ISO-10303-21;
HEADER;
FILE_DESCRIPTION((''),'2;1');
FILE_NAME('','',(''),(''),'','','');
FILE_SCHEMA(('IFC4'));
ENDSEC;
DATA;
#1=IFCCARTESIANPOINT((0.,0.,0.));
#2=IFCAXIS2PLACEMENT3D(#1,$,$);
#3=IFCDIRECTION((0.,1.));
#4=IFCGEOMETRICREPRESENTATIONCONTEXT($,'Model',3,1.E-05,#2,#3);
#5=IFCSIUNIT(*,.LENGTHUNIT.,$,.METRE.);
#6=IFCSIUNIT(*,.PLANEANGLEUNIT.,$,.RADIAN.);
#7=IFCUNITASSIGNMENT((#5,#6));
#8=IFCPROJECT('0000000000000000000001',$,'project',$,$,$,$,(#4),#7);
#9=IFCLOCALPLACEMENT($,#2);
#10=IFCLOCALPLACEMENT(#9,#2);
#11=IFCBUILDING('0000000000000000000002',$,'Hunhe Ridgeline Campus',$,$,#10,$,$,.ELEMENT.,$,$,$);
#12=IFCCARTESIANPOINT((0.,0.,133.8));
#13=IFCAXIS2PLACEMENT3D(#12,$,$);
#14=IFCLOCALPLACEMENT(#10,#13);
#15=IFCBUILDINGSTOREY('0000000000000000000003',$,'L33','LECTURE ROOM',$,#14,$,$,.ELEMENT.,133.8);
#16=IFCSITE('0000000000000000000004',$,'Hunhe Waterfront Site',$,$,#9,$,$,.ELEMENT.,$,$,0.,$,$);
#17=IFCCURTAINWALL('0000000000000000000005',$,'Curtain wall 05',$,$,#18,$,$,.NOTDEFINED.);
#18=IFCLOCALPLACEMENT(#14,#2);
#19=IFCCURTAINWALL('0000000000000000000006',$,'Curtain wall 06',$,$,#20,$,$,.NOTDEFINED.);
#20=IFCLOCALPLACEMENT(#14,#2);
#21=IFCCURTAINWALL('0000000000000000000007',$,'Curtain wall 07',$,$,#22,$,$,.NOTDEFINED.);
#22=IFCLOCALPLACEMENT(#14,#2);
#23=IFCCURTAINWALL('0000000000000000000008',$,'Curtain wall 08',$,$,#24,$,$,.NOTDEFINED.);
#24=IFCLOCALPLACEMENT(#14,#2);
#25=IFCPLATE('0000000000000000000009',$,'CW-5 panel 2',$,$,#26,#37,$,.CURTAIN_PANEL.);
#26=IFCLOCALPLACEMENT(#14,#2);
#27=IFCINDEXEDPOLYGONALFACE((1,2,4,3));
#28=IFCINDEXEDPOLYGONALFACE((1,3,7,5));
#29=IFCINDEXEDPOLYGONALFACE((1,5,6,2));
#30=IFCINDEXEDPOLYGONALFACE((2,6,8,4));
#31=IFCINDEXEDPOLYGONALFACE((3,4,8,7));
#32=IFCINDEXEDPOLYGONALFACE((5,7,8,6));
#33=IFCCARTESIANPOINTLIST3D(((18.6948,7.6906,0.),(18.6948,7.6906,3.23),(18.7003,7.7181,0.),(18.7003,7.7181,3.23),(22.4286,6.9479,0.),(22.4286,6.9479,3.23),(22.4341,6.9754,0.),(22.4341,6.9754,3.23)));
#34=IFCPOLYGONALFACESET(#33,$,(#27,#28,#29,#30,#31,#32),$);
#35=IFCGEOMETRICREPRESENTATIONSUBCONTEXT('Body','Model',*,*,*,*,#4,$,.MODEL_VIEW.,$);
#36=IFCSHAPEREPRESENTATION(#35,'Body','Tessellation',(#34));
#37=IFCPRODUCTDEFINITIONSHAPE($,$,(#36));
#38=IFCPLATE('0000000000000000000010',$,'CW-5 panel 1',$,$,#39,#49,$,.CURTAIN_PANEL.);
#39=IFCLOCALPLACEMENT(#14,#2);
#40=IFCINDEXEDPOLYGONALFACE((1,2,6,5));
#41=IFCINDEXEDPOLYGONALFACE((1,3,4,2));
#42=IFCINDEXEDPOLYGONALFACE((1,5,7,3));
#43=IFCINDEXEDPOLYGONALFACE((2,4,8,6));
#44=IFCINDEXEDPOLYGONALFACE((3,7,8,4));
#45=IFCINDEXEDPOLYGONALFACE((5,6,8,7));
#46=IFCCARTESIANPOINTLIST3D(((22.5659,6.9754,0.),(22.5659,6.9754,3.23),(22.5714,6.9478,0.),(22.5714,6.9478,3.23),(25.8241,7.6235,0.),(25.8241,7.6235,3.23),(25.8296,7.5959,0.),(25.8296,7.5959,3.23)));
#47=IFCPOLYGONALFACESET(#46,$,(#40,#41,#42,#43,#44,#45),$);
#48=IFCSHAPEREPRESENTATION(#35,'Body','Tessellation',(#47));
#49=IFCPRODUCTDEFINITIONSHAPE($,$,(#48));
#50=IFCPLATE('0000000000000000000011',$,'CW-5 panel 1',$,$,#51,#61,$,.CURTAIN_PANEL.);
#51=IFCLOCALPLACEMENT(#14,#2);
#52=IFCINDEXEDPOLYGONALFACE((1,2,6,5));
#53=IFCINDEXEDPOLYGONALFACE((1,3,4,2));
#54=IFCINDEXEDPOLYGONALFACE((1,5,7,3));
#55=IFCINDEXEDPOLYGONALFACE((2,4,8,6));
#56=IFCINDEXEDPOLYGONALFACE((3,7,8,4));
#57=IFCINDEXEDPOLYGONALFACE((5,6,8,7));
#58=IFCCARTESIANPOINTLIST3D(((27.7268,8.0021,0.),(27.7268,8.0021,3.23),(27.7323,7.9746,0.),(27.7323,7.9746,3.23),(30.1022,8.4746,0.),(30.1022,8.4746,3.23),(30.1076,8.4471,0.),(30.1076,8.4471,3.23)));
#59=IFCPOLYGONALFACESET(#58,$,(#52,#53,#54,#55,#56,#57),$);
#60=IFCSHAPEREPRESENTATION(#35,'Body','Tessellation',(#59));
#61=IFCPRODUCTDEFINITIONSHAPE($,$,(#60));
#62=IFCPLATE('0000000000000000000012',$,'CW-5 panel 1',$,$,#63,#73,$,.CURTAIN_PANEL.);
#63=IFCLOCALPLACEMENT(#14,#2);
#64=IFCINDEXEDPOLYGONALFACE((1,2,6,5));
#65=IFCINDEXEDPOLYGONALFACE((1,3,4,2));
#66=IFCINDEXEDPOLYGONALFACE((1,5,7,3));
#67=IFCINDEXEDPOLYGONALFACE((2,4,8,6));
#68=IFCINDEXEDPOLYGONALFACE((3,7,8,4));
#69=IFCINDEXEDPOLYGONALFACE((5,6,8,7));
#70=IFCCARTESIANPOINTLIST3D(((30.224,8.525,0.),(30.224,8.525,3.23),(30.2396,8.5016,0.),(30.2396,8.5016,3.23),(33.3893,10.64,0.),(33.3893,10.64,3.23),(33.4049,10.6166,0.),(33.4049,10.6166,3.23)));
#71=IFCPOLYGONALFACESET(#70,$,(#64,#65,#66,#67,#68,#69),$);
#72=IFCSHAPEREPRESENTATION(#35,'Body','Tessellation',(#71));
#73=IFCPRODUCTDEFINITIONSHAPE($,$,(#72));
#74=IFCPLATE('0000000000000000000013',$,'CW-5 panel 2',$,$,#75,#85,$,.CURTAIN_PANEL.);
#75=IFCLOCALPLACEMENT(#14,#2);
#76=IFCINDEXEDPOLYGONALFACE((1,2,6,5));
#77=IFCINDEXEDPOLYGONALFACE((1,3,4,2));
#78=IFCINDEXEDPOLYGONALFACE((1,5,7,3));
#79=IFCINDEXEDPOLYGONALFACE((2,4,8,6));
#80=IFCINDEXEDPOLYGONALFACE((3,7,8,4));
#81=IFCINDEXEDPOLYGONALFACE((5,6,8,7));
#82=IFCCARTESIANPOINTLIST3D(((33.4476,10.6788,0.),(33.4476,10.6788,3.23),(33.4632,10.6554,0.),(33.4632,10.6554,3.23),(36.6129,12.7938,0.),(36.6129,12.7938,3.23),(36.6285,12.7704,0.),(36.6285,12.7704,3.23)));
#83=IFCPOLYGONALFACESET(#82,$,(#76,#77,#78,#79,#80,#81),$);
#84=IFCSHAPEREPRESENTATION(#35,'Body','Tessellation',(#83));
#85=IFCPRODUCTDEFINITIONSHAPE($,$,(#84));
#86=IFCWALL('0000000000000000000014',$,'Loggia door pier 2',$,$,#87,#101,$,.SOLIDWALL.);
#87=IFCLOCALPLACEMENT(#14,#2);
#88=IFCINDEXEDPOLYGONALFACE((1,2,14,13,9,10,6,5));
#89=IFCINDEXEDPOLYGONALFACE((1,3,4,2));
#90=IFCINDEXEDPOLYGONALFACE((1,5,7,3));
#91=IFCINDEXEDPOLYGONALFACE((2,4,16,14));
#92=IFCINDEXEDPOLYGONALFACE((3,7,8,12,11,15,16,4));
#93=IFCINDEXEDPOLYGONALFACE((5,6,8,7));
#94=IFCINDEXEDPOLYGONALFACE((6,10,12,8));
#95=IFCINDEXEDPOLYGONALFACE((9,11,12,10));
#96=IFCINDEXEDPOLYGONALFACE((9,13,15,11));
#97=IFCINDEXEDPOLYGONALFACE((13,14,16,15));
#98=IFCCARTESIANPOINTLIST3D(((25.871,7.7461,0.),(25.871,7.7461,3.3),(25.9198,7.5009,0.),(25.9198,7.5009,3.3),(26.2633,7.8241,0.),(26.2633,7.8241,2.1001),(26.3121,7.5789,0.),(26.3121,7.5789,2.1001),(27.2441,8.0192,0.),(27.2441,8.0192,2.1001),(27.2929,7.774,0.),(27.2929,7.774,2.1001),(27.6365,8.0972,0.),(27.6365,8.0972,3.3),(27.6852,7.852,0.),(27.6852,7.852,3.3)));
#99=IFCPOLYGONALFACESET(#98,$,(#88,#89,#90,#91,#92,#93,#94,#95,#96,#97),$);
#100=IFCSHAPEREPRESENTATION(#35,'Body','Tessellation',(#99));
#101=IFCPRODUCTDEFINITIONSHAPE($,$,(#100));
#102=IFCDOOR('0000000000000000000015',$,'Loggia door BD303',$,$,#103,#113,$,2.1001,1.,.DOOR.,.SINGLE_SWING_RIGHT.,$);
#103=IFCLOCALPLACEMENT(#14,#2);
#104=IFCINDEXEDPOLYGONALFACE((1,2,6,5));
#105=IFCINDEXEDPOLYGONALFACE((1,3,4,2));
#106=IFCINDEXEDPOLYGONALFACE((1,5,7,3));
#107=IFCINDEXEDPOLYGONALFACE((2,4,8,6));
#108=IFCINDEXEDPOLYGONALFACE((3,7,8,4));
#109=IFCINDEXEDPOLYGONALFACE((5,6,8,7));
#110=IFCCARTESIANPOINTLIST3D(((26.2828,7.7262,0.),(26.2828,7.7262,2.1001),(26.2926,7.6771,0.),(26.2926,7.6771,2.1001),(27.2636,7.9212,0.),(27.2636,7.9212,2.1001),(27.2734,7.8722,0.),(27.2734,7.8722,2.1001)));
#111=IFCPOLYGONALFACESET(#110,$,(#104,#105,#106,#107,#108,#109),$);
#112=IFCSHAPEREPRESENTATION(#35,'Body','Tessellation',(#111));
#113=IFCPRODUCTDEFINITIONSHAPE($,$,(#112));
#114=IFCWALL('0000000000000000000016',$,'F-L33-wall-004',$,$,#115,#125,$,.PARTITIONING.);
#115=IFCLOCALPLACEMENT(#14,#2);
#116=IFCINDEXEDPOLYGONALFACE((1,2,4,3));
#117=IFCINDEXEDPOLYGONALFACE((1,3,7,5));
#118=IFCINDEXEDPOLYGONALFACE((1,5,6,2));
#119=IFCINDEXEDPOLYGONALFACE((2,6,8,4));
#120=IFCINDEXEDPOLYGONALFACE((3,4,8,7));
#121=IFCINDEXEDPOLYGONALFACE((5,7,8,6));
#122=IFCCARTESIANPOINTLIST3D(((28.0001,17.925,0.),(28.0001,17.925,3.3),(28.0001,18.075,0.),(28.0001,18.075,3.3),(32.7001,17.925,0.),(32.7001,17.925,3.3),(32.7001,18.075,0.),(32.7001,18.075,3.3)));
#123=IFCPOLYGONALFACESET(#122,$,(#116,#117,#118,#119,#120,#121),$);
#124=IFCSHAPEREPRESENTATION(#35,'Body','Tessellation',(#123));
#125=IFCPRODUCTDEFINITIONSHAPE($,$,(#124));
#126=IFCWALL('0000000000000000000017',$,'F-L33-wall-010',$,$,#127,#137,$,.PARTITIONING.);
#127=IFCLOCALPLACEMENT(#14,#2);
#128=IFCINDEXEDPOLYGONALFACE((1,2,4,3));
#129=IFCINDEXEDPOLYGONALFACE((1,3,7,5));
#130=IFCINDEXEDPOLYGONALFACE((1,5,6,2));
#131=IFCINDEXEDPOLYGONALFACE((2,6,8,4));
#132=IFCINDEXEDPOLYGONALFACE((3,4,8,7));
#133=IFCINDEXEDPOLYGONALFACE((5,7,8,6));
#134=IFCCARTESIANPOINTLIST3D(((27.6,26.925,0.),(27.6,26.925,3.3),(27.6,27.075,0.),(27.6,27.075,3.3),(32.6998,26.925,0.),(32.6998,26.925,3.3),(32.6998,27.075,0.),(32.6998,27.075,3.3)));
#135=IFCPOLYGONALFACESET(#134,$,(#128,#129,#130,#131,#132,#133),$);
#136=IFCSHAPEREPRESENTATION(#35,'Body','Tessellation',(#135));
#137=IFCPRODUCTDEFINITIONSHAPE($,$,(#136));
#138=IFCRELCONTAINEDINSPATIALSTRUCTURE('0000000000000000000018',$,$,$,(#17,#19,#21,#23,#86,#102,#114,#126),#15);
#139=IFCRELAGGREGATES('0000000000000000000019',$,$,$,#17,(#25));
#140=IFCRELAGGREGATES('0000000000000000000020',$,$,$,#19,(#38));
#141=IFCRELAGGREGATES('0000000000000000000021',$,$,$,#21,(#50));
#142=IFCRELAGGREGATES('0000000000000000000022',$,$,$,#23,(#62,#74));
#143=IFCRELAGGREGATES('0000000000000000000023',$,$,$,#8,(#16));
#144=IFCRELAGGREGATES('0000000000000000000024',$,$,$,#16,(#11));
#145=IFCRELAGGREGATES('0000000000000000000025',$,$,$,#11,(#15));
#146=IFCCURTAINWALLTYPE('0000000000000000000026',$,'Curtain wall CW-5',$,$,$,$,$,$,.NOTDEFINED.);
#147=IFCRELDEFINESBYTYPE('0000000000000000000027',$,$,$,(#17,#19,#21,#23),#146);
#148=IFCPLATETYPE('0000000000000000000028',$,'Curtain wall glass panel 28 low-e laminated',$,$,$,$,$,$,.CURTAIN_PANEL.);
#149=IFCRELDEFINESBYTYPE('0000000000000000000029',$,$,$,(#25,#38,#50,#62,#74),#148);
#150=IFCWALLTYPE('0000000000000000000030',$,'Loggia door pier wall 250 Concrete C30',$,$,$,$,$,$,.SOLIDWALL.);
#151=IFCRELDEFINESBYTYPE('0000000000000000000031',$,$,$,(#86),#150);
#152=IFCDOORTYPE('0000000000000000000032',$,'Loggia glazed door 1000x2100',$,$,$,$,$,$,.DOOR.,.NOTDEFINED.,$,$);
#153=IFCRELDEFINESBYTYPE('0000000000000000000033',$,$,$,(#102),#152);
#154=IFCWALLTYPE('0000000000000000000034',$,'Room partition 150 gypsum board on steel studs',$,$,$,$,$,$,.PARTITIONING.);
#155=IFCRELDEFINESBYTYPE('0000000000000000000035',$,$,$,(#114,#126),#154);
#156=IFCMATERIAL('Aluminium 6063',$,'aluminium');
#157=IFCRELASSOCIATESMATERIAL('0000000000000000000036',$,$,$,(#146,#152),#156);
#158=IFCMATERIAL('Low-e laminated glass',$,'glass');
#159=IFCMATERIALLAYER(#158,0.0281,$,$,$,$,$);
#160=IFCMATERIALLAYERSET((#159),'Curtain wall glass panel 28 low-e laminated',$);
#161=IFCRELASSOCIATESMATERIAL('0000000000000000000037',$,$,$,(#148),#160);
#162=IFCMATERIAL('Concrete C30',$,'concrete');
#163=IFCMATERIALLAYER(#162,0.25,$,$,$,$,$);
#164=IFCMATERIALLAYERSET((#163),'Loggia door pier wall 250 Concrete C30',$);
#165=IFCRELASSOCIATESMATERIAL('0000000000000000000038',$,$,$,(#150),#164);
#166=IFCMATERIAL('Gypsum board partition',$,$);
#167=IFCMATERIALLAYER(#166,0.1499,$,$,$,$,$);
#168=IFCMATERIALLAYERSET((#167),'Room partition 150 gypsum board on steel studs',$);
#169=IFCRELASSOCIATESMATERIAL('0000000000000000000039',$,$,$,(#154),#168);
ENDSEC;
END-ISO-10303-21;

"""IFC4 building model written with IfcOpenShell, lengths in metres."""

from ifc_helpers import new_model, si_unit, direction, frame, frame_2d, origin, origin_2d, place, context, subcontext, project, spatial, rectangle, extrude, material, layer, layer_set, type_object, element, fill, aggregate, save


model = new_model("IFC4")

# Units and contexts
model_context = context("Model", 3, precision=1e-05, world=origin(), true_north=direction((0.0, 1.0)))
body_context = subcontext(model_context, "Body", "Model", "MODEL_VIEW")
ifc_project = project(units=[si_unit("LENGTHUNIT", "METRE"), si_unit("PLANEANGLEUNIT", "RADIAN")], contexts=[model_context])

# Site, building, storey
site_placement = place(None, origin())
site = spatial("IfcSite", under=ifc_project, at=site_placement, Name="Hunhe Waterfront Site", CompositionType="ELEMENT", RefElevation=0.0)
building_placement = place(site_placement, origin())
building = spatial("IfcBuilding", under=site, at=building_placement, Name="Hunhe Ridgeline Campus", CompositionType="ELEMENT")
storey_placement = place(building_placement, frame((0.0, 0.0, 133.8)))
storey = spatial("IfcBuildingStorey", under=building, at=storey_placement, Name="L33", Description="LECTURE ROOM", CompositionType="ELEMENT", Elevation=133.8)

# Curtain wall
ifc_material_1 = material(Name="Aluminium 6063", Category="aluminium")
curtain_wall_type = type_object("IfcCurtainWallType", Name="Curtain wall CW-5", PredefinedType="NOTDEFINED", material=ifc_material_1)
curtain_wall_1_placement = place(storey_placement, origin())
curtain_wall_1 = element("IfcCurtainWall", 1, at=curtain_wall_1_placement, inside=storey, type_object=curtain_wall_type, Name="Curtain wall 05", PredefinedType="NOTDEFINED")

# Curtain walls
curtain_wall_2_placement = place(storey_placement, origin())
curtain_wall_2 = element("IfcCurtainWall", 2, at=curtain_wall_2_placement, inside=storey, type_object=curtain_wall_type, Name="Curtain wall 06", PredefinedType="NOTDEFINED")
curtain_wall_3_placement = place(storey_placement, origin())
curtain_wall_3 = element("IfcCurtainWall", 3, at=curtain_wall_3_placement, inside=storey, type_object=curtain_wall_type, Name="Curtain wall 07", PredefinedType="NOTDEFINED")
curtain_wall_4_placement = place(storey_placement, origin())
curtain_wall_4 = element("IfcCurtainWall", 4, at=curtain_wall_4_placement, inside=storey, type_object=curtain_wall_type, Name="Curtain wall 08", PredefinedType="NOTDEFINED")

# Plates
ifc_material_2 = material(Name="Low-e laminated glass", Category="glass")
ifc_layer_1 = layer(ifc_material_2, 0.0281)
ifc_layer_set_1 = layer_set([ifc_layer_1], Name="Curtain wall glass panel 28 low-e laminated")
plate_type = type_object("IfcPlateType", Name="Curtain wall glass panel 28 low-e laminated", PredefinedType="CURTAIN_PANEL", material=ifc_layer_set_1)
plate_1_placement = place(storey_placement, frame((20.5645, 7.333, 0.0), z_axis=(0.0, 0.0, 1.0), x_axis=(0.980785, -0.19509, 0.0)))
plate_1 = element("IfcPlate", 5, at=plate_1_placement, type_object=plate_type, Name="CW-5 panel 2", PredefinedType="CURTAIN_PANEL", context=body_context, shape_type="SweptSolid", body=[
    extrude(rectangle(XDim=3.8069, YDim=0.0281, at=origin_2d()), origin(), (0.0, 0.0, 1.0), 3.23),
])
aggregate(curtain_wall_1, [plate_1])
plate_2_placement = place(storey_placement, frame((24.1978, 7.2856, 0.0), z_axis=(0.0, 0.0, 1.0), x_axis=(0.980785, 0.19509, 0.0)))
plate_2 = element("IfcPlate", 6, at=plate_2_placement, type_object=plate_type, Name="CW-5 panel 1", PredefinedType="CURTAIN_PANEL", context=body_context, shape_type="SweptSolid", body=[
    extrude(rectangle(XDim=3.322, YDim=0.0281, at=origin_2d()), origin(), (0.0, 0.0, 1.0), 3.23),
])
aggregate(curtain_wall_2, [plate_2])
plate_3_placement = place(storey_placement, frame((28.9172, 8.2246, 0.0), z_axis=(0.0, 0.0, 1.0), x_axis=(0.980785, 0.195091, 0.0)))
plate_3 = element("IfcPlate", 7, at=plate_3_placement, type_object=plate_type, Name="CW-5 panel 1", PredefinedType="CURTAIN_PANEL", context=body_context, shape_type="SweptSolid", body=[
    extrude(rectangle(XDim=2.4219, YDim=0.0281, at=origin_2d()), origin(), (0.0, 0.0, 1.0), 3.23),
])
aggregate(curtain_wall_3, [plate_3])
plate_4_placement = place(storey_placement, frame((31.8145, 9.5708, 0.0), z_axis=(0.0, 0.0, 1.0), x_axis=(0.83147, 0.55557, 0.0)))
plate_4 = element("IfcPlate", 8, at=plate_4_placement, type_object=plate_type, Name="CW-5 panel 1", PredefinedType="CURTAIN_PANEL", context=body_context, shape_type="SweptSolid", body=[
    extrude(rectangle(XDim=3.8069, YDim=0.0281, at=origin_2d()), origin(), (0.0, 0.0, 1.0), 3.23),
])
plate_5_placement = place(storey_placement, frame((35.0381, 11.7246, 0.0), z_axis=(0.0, 0.0, 1.0), x_axis=(0.83147, 0.55557, 0.0)))
plate_5 = element("IfcPlate", 9, at=plate_5_placement, type_object=plate_type, Name="CW-5 panel 2", PredefinedType="CURTAIN_PANEL", context=body_context, shape_type="SweptSolid", body=[
    extrude(rectangle(XDim=3.8069, YDim=0.0281, at=origin_2d()), origin(), (0.0, 0.0, 1.0), 3.23),
])
aggregate(curtain_wall_4, [plate_4, plate_5])

# Wall, opening, door
ifc_material_3 = material(Name="Gypsum board partition")
ifc_material_4 = material(Name="Concrete C30", Category="concrete")
ifc_layer_2 = layer(ifc_material_4, 0.25)
ifc_layer_set_2 = layer_set([ifc_layer_2], Name="Loggia door pier wall 250 Concrete C30")
wall_type_1 = type_object("IfcWallType", Name="Loggia door pier wall 250 Concrete C30", PredefinedType="SOLIDWALL", material=ifc_layer_set_2)
wall_1_placement = place(storey_placement, frame((25.8955, 7.6235, 0.0), z_axis=(0.0, 0.0, 1.0), x_axis=(0.980794, 0.195047, 0.0)))
wall_1 = element("IfcWall", 10, at=wall_1_placement, inside=storey, type_object=wall_type_1, Name="Loggia door pier 2", PredefinedType="SOLIDWALL", context=body_context, shape_type="SweptSolid", body=[
    extrude(rectangle(XDim=1.8, YDim=0.25, at=frame_2d((0.8999, 0.0))), origin(), (0.0, 0.0, 1.0), 3.3),
])
opening_1_placement = place(wall_1_placement, frame((0.3999, 0.0, 0.0)))
opening_1 = element("IfcOpeningElement", 11, at=opening_1_placement, cuts=wall_1, PredefinedType="OPENING", context=body_context, shape_type="SweptSolid", body=[
    extrude(rectangle(XDim=1.0, YDim=2.1001, at=frame_2d((0.5, 1.05))), frame((0.0, 0.125, 0.0), z_axis=(0.0, -1.0, 0.0), x_axis=(1.0, 0.0, 0.0)), (0.0, 0.0, 1.0), 0.25),
])
door_type_1 = type_object("IfcDoorType", Name="Loggia glazed door 1000x2100", OperationType="NOTDEFINED", PredefinedType="DOOR", material=ifc_material_1)
door_1_placement = place(opening_1_placement, frame((1.0, 0.0, 0.0), z_axis=(0.0, 0.0, 1.0), x_axis=(-1.0, 0.0, 0.0)))
door_1 = element("IfcDoor", 12, at=door_1_placement, inside=storey, type_object=door_type_1, Name="Loggia door BD303", OperationType="SINGLE_SWING_RIGHT", OverallHeight=2.1001, OverallWidth=1.0, PredefinedType="DOOR", context=body_context, shape_type="SweptSolid", body=[
    extrude(rectangle(XDim=1.0, YDim=2.1001, at=frame_2d((0.5, 1.05))), frame((0.0, 0.0249, 0.0), z_axis=(0.0, -1.0, 0.0), x_axis=(1.0, 0.0, 0.0)), (0.0, 0.0, 1.0), 0.05),
])
fill(opening_1, door_1)

# Walls
ifc_layer_3 = layer(ifc_material_3, 0.1499)
ifc_layer_set_3 = layer_set([ifc_layer_3], Name="Room partition 150 gypsum board on steel studs")
wall_type_2 = type_object("IfcWallType", Name="Room partition 150 gypsum board on steel studs", PredefinedType="PARTITIONING", material=ifc_layer_set_3)
wall_2_placement = place(storey_placement, frame((28.0, 18.0, 0.0), z_axis=(0.0, 0.0, 1.0), x_axis=(1.0, 0.0, 0.0)))
element("IfcWall", 13, at=wall_2_placement, inside=storey, type_object=wall_type_2, Name="F-L33-wall-004", PredefinedType="PARTITIONING", context=body_context, shape_type="SweptSolid", body=[
    extrude(rectangle(XDim=4.7, YDim=0.1499, at=frame_2d((2.3501, 0.0))), origin(), (0.0, 0.0, 1.0), 3.3),
])
wall_3_placement = place(storey_placement, frame((27.6001, 27.0, 0.0), z_axis=(0.0, 0.0, 1.0), x_axis=(1.0, 0.0, 0.0)))
element("IfcWall", 14, at=wall_3_placement, inside=storey, type_object=wall_type_2, Name="F-L33-wall-010", PredefinedType="PARTITIONING", context=body_context, shape_type="SweptSolid", body=[
    extrude(rectangle(XDim=5.0999, YDim=0.1499, at=frame_2d((2.5498, 0.0))), origin(), (0.0, 0.0, 1.0), 3.3),
])

save(model, "model.ifc")
